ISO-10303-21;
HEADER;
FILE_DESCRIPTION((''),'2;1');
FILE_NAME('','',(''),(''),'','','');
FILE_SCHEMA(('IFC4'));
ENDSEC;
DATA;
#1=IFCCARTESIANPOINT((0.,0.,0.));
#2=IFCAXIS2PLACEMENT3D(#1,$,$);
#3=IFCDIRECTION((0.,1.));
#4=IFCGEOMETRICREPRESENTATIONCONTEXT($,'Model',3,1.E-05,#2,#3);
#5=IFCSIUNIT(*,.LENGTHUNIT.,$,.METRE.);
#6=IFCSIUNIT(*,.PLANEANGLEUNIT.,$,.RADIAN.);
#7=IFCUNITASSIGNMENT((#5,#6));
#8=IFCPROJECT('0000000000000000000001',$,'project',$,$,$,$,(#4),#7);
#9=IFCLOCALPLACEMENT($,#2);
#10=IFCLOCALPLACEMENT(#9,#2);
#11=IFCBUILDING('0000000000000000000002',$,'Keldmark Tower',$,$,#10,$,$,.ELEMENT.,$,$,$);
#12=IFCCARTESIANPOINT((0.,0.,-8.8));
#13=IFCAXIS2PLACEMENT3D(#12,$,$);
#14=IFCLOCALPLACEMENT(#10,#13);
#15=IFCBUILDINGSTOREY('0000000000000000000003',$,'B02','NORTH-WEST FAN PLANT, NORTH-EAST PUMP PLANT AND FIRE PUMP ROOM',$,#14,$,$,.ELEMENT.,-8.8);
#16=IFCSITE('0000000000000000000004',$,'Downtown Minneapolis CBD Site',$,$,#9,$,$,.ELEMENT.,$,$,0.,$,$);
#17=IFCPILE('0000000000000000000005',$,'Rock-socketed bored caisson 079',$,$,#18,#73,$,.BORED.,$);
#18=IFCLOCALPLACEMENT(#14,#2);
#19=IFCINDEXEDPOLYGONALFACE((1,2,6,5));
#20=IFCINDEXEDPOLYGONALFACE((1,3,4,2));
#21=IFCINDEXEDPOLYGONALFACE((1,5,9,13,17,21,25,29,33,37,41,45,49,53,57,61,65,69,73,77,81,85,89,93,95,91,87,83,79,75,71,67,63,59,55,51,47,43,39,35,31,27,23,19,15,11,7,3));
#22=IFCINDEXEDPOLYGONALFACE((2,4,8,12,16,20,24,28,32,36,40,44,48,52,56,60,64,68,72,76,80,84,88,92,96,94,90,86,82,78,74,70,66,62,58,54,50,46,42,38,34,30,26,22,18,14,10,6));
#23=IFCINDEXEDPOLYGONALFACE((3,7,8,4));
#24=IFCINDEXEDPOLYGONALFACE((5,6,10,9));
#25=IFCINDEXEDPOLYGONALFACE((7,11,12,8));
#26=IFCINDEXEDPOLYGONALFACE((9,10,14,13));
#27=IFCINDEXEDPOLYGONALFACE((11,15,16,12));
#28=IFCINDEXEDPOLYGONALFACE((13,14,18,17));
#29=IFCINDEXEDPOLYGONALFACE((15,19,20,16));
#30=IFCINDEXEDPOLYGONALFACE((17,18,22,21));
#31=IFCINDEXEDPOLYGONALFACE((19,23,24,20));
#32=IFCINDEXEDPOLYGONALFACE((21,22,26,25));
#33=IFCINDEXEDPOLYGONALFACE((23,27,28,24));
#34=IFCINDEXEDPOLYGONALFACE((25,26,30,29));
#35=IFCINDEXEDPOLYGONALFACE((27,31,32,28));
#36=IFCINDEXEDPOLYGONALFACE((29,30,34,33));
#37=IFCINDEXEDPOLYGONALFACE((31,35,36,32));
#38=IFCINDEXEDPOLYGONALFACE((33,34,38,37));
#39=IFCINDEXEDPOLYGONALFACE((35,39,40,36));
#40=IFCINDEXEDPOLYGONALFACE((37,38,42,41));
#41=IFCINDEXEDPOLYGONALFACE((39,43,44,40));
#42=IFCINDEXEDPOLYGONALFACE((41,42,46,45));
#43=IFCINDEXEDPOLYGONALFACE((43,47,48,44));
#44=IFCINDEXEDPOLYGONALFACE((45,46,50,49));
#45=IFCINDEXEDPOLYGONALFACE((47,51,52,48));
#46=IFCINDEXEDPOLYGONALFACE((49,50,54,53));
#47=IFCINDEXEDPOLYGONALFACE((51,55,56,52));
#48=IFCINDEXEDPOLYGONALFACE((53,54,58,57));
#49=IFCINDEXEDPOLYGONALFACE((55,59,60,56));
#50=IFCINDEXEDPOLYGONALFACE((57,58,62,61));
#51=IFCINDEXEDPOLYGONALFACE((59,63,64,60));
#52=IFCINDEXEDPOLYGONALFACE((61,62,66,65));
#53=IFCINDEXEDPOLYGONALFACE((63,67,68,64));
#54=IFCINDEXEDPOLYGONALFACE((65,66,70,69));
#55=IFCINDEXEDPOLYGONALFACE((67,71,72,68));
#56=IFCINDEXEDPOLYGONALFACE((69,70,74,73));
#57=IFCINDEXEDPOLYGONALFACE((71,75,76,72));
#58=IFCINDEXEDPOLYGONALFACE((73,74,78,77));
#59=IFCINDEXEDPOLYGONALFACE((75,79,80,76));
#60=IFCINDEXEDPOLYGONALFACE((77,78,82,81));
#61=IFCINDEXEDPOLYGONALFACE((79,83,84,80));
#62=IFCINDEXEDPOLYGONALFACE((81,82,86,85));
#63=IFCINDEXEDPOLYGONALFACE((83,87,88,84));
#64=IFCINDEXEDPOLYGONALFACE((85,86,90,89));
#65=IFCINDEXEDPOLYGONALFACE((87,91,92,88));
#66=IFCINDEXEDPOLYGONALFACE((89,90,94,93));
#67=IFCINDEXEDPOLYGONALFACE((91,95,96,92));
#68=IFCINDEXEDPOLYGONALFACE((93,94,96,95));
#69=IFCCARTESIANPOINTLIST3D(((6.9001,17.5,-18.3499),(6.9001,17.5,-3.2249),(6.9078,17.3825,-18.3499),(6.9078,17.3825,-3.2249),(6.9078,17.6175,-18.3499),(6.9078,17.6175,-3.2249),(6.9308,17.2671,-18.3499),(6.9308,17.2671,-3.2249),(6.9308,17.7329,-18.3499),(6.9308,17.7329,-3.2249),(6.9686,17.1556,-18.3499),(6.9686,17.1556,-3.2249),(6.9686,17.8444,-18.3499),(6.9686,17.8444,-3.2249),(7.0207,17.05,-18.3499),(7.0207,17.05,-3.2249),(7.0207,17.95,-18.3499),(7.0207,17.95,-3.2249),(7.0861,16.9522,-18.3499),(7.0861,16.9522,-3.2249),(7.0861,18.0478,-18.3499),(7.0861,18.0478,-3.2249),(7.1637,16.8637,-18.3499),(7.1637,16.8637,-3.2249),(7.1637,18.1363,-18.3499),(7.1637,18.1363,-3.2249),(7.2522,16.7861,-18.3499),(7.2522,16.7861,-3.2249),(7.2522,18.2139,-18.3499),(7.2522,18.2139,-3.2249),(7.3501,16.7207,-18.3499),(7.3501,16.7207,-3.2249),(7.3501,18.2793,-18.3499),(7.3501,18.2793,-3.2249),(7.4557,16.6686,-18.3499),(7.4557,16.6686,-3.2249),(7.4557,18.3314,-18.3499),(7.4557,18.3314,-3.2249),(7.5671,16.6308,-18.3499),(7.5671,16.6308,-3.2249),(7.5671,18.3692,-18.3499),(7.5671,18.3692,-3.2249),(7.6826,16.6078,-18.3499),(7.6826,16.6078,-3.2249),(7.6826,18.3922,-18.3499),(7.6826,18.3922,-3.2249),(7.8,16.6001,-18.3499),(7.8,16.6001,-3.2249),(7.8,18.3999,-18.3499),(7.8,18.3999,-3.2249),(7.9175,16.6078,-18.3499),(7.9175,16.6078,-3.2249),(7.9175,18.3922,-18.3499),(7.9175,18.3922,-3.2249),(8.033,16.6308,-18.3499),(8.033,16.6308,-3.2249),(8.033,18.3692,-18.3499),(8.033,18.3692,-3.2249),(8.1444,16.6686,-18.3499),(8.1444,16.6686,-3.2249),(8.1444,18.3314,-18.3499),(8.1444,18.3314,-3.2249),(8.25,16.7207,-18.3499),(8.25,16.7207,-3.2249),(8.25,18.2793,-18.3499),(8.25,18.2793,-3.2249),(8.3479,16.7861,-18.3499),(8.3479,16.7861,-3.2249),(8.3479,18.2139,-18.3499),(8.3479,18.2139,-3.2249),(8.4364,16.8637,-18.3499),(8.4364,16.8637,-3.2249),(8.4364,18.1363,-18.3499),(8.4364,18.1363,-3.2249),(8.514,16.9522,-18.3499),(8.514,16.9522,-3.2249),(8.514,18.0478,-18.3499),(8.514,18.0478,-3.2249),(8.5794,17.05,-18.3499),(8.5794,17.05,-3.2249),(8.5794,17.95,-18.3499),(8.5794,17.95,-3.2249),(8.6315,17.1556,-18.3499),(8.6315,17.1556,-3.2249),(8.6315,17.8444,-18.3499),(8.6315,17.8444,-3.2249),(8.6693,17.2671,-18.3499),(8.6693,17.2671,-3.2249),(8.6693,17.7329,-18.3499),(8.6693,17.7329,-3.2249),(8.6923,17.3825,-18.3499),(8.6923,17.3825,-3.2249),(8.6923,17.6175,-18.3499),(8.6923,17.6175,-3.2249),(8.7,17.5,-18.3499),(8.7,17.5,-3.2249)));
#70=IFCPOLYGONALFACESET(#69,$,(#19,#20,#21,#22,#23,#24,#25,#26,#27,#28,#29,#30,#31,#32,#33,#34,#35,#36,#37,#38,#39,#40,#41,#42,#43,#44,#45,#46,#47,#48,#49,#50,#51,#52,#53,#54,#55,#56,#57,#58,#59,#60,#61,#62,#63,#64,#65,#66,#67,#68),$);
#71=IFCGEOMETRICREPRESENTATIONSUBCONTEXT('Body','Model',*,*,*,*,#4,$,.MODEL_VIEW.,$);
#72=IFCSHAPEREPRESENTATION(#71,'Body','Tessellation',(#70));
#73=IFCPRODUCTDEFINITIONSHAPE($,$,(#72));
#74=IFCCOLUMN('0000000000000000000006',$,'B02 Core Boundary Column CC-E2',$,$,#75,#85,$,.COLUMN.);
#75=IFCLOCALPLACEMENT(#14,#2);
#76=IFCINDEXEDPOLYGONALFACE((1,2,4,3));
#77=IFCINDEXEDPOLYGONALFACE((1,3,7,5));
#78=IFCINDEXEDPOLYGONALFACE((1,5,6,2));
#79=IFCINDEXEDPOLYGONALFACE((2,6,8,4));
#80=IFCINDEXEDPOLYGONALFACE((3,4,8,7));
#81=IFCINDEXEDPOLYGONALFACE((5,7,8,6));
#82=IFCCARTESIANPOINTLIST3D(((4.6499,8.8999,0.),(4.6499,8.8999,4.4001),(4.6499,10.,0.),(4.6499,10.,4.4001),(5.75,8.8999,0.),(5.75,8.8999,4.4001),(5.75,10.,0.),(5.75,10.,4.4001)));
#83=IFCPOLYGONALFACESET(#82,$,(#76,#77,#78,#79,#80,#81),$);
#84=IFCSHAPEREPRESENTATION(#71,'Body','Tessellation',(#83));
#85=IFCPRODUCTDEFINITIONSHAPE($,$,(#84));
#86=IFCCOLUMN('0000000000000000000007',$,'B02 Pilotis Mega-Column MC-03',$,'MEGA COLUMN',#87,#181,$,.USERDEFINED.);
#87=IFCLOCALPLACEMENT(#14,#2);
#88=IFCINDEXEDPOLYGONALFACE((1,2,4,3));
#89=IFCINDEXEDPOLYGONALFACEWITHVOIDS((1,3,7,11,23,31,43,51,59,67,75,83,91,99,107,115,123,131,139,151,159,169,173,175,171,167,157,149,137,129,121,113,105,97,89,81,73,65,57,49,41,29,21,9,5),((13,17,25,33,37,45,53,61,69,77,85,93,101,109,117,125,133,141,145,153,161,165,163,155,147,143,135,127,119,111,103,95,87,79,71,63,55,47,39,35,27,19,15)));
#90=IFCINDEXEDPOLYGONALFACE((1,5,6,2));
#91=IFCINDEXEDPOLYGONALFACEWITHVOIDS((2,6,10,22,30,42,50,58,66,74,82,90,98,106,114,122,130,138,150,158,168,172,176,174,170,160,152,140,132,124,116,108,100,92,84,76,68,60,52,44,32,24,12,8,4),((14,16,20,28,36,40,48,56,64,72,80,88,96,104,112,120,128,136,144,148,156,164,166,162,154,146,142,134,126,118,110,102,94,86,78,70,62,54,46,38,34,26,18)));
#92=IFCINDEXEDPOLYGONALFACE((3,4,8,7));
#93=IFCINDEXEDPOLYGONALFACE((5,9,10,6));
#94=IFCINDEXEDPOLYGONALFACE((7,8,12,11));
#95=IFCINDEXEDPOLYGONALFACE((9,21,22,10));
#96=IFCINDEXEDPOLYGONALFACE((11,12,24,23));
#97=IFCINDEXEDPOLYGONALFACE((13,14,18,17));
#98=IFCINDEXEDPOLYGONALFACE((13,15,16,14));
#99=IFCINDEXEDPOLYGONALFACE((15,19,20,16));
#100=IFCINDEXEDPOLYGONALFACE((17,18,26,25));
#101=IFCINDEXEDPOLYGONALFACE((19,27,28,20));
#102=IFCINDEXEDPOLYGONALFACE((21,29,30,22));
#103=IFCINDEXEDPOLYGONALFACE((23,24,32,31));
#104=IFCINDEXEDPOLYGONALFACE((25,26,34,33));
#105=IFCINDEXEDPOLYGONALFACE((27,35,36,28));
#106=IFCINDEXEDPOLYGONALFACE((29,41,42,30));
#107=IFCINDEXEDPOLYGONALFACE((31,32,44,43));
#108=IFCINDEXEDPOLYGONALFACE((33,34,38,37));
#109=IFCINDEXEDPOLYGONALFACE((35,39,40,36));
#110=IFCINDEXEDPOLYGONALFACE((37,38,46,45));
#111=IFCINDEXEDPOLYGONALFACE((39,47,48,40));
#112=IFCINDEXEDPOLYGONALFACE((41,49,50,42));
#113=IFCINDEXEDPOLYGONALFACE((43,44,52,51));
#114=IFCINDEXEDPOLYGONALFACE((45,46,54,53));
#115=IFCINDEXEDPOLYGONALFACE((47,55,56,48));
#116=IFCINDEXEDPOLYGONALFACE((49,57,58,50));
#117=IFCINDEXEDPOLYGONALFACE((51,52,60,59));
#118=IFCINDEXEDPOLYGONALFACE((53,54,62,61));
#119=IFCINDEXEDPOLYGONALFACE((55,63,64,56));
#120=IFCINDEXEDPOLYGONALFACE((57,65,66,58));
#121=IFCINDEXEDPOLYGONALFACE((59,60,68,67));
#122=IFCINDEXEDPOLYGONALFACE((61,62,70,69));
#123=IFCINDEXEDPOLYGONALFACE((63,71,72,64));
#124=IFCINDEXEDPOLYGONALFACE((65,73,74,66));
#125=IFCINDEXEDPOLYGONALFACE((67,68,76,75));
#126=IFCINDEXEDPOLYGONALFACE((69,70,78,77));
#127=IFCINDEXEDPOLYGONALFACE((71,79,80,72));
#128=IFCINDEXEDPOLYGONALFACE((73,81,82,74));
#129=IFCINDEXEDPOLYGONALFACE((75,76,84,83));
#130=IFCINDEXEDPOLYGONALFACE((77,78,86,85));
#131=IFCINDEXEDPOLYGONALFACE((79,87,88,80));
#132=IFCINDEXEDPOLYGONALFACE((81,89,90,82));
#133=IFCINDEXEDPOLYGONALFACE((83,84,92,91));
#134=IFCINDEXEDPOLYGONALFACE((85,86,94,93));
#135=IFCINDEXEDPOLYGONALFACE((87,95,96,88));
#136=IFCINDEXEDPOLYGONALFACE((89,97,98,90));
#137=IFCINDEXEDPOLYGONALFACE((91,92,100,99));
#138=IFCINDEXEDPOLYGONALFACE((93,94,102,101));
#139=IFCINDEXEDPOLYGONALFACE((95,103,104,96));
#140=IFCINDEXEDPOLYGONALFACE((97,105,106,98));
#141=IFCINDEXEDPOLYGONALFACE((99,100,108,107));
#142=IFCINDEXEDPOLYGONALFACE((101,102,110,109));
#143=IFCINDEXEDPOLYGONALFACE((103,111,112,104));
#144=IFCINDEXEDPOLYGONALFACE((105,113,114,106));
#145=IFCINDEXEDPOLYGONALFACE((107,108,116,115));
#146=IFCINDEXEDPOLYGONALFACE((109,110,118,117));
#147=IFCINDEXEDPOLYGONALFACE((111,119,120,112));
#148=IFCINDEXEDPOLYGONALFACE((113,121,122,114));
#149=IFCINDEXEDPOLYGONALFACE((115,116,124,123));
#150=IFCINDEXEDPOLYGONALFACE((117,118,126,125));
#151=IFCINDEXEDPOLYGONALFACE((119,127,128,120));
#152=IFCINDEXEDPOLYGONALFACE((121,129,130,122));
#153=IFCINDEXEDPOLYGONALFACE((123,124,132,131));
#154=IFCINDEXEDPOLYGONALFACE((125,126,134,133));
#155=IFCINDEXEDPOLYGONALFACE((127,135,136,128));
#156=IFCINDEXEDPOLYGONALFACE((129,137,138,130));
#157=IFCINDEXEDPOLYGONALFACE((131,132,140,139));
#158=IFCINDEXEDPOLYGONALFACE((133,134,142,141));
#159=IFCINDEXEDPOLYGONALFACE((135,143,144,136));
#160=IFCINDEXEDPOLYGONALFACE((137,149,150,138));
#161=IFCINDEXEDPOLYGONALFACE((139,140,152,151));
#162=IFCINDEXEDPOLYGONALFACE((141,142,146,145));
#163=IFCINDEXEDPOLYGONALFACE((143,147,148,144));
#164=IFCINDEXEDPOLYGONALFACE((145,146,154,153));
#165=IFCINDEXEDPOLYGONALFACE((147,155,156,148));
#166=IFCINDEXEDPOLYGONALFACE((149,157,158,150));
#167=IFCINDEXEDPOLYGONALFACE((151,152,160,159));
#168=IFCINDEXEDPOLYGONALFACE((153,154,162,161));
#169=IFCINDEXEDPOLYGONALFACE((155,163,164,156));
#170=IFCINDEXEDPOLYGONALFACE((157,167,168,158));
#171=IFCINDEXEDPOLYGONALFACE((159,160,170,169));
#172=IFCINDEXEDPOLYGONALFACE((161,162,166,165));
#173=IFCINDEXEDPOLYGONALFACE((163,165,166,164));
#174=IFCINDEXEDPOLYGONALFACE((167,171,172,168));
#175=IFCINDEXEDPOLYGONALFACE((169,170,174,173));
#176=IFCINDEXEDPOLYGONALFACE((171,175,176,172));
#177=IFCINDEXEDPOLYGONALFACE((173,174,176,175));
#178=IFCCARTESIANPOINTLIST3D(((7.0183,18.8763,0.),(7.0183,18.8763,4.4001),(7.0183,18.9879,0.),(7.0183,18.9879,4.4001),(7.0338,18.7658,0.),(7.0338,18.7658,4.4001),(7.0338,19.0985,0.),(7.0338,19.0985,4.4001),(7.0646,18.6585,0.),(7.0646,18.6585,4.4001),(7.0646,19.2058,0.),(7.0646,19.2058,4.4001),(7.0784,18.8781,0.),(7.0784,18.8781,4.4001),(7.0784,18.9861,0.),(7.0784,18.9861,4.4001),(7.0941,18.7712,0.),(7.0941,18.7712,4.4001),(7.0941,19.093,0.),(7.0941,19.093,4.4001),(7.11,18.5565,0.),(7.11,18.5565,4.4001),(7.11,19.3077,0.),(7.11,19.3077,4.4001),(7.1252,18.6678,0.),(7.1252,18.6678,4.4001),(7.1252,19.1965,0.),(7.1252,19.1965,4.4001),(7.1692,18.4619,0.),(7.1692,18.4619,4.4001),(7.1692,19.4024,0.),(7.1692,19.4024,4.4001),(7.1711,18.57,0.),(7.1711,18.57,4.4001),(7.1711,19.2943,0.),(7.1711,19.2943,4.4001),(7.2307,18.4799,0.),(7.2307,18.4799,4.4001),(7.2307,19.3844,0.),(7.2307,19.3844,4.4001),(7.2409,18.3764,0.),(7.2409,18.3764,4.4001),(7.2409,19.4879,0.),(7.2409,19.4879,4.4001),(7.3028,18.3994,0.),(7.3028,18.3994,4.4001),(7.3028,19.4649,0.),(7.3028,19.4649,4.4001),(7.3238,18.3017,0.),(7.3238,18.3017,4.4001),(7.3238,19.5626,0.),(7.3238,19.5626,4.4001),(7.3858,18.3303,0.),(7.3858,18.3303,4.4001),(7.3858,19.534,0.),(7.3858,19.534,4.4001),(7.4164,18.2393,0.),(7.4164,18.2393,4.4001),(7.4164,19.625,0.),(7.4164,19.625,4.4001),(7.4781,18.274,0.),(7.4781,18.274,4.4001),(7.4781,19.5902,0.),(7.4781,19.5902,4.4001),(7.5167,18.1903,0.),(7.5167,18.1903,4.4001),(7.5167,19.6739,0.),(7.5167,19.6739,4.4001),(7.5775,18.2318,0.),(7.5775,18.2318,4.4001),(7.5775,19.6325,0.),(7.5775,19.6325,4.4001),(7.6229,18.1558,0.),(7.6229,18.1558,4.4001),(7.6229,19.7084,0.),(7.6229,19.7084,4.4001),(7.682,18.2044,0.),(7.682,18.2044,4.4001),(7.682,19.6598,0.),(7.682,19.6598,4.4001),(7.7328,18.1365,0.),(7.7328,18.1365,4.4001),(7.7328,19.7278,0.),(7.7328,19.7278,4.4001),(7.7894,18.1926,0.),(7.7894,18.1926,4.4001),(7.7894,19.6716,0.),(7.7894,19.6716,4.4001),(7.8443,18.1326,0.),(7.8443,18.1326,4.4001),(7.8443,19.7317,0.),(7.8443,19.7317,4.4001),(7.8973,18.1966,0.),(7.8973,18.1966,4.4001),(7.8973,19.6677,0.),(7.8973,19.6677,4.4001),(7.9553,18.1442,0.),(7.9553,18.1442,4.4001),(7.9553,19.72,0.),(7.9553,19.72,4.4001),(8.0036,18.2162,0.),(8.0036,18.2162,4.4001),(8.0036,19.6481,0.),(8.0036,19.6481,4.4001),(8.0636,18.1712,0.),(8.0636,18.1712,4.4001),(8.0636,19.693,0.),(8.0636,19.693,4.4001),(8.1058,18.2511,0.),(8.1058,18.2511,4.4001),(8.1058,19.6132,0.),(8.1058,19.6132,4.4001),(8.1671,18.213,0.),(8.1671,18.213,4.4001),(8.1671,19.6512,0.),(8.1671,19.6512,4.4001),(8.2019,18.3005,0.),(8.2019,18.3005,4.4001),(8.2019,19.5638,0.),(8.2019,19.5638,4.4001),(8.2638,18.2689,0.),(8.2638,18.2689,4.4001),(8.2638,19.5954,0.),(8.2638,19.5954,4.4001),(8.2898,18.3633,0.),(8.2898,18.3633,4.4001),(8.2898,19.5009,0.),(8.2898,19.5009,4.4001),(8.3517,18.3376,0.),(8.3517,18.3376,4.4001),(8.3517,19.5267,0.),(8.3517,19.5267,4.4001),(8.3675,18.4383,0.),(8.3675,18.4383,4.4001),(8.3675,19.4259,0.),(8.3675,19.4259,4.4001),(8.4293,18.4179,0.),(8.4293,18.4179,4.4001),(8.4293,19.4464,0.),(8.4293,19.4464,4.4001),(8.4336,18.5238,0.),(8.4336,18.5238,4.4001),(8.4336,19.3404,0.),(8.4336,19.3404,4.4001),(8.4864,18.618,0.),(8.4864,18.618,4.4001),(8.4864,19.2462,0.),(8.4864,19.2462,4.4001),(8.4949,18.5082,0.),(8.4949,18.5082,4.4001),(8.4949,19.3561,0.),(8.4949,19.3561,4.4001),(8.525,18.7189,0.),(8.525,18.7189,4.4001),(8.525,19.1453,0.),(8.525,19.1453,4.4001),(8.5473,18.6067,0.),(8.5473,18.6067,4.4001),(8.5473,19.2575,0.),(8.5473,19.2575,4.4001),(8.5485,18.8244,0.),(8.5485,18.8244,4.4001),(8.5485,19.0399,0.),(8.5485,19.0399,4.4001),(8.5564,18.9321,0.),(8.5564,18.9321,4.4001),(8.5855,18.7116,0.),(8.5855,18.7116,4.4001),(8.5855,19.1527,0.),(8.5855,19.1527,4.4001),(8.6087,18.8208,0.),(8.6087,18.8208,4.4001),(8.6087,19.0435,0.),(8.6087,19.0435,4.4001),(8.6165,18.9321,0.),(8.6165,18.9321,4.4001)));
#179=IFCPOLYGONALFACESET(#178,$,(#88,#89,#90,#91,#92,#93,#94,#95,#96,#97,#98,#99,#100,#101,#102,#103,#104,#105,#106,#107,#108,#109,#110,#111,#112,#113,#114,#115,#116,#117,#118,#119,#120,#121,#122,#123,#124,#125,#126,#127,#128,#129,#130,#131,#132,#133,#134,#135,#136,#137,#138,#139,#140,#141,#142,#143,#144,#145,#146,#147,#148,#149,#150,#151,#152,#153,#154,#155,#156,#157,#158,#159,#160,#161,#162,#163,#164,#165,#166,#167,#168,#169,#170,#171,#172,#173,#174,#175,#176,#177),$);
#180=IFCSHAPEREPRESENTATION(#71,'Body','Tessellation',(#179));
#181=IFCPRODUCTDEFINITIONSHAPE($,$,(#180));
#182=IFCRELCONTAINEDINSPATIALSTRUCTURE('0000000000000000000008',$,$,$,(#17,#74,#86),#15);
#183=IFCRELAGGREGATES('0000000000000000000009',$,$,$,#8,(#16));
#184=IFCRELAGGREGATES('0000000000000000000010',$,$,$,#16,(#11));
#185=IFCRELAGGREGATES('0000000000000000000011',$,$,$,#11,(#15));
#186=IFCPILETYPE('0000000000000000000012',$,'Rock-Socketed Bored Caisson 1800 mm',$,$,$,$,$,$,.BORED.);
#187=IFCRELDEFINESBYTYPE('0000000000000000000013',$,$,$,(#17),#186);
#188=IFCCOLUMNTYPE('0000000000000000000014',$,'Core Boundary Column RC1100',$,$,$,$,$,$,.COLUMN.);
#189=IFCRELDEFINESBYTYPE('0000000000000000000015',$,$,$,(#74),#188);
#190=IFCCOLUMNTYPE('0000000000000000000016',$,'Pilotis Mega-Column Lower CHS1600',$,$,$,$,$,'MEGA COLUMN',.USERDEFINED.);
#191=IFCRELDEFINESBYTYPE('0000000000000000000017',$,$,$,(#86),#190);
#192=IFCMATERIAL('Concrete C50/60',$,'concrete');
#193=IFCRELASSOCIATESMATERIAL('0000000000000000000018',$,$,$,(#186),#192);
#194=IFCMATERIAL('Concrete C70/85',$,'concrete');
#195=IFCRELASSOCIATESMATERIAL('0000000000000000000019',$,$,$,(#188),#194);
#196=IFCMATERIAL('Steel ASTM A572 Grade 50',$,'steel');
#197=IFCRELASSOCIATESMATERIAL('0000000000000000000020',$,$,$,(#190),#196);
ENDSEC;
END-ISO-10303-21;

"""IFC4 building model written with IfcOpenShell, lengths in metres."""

from ifc_helpers import new_model, si_unit, direction, frame, origin, origin_2d, place, context, subcontext, project, spatial, rectangle, circle, hollow_circle, extrude, material, material_profile, profile_set, type_object, element, save


model = new_model("IFC4")

# Units and contexts
model_context = context("Model", 3, precision=1e-05, world=origin(), true_north=direction((0.0, 1.0)))
body_context = subcontext(model_context, "Body", "Model", "MODEL_VIEW")
ifc_project = project(units=[si_unit("LENGTHUNIT", "METRE"), si_unit("PLANEANGLEUNIT", "RADIAN")], contexts=[model_context])

# Site, building, storey
site_placement = place(None, origin())
site = spatial("IfcSite", under=ifc_project, at=site_placement, Name="Downtown Minneapolis CBD Site", CompositionType="ELEMENT", RefElevation=0.0)
building_placement = place(site_placement, origin())
building = spatial("IfcBuilding", under=site, at=building_placement, Name="Keldmark Tower", CompositionType="ELEMENT")
storey_placement = place(building_placement, frame((0.0, 0.0, -8.8)))
storey = spatial("IfcBuildingStorey", under=building, at=storey_placement, Name="B02", Description="NORTH-WEST FAN PLANT, NORTH-EAST PUMP PLANT AND FIRE PUMP ROOM", CompositionType="ELEMENT", Elevation=-8.8)

# Pile
ifc_material_1 = material(Name="Concrete C50/60", Category="concrete")
ifc_material_profile_1 = material_profile(ifc_material_1, circle(Radius=0.8999, at=origin_2d()), Name="CAISSON1800")
ifc_profile_set_1 = profile_set([ifc_material_profile_1], Name="Concrete C50/60")
pile_type = type_object("IfcPileType", Name="Rock-Socketed Bored Caisson 1800 mm", PredefinedType="BORED", material=ifc_profile_set_1)
for number, where, z_axis, x_axis, name in (
    (1, (7.8, 17.5, -3.2249), (0.0, 0.0, -1.0), (1.0, 0.0, 0.0), "Rock-socketed bored caisson 079"),
):
    element("IfcPile", number, at=place(storey_placement, frame(where, z_axis=z_axis, x_axis=x_axis)), inside=storey, type_object=pile_type, Name=name, PredefinedType="BORED", context=body_context, shape_type="SweptSolid", body=[
        extrude(circle(Radius=0.8999, at=origin_2d()), origin(), (0.0, 0.0, 1.0), 15.125),
    ])

# Columns
ifc_material_2 = material(Name="Concrete C70/85", Category="concrete")
ifc_material_profile_2 = material_profile(ifc_material_2, rectangle(XDim=1.1001, YDim=1.1001, at=origin_2d()), Name="RC1100X1100")
ifc_profile_set_2 = profile_set([ifc_material_profile_2], Name="Concrete C70/85")
column_type_1 = type_object("IfcColumnType", Name="Core Boundary Column RC1100", PredefinedType="COLUMN", material=ifc_profile_set_2)
column_1_placement = place(storey_placement, frame((5.2, 9.45, 0.0), z_axis=(0.0, 0.0, 1.0), x_axis=(1.0, 0.0, 0.0)))
element("IfcColumn", 2, at=column_1_placement, inside=storey, type_object=column_type_1, Name="B02 Core Boundary Column CC-E2", PredefinedType="COLUMN", context=body_context, shape_type="SweptSolid", body=[
    extrude(rectangle(XDim=1.1001, YDim=1.1001, at=origin_2d()), origin(), (0.0, 0.0, 1.0), 4.4001),
])
ifc_material_3 = material(Name="Steel ASTM A572 Grade 50", Category="steel")
ifc_material_profile_3 = material_profile(ifc_material_3, hollow_circle(Radius=0.8, WallThickness=0.0601, at=origin_2d()), Name="CHS1600X60")
ifc_profile_set_3 = profile_set([ifc_material_profile_3], Name="Steel ASTM A572 Grade 50")
column_type_2 = type_object("IfcColumnType", Name="Pilotis Mega-Column Lower CHS1600", ElementType="MEGA COLUMN", PredefinedType="USERDEFINED", material=ifc_profile_set_3)
column_2_placement = place(storey_placement, frame((7.8164, 18.9321, 0.0), z_axis=(0.0, 0.0, 1.0), x_axis=(1.0, 0.0, 0.0)))
element("IfcColumn", 3, at=column_2_placement, inside=storey, type_object=column_type_2, Name="B02 Pilotis Mega-Column MC-03", ObjectType="MEGA COLUMN", PredefinedType="USERDEFINED", context=body_context, shape_type="SweptSolid", body=[
    extrude(hollow_circle(Radius=0.8, WallThickness=0.0601, at=origin_2d()), origin(), (0.0, 0.0, 1.0), 4.4001),
])

save(model, "model.ifc")
